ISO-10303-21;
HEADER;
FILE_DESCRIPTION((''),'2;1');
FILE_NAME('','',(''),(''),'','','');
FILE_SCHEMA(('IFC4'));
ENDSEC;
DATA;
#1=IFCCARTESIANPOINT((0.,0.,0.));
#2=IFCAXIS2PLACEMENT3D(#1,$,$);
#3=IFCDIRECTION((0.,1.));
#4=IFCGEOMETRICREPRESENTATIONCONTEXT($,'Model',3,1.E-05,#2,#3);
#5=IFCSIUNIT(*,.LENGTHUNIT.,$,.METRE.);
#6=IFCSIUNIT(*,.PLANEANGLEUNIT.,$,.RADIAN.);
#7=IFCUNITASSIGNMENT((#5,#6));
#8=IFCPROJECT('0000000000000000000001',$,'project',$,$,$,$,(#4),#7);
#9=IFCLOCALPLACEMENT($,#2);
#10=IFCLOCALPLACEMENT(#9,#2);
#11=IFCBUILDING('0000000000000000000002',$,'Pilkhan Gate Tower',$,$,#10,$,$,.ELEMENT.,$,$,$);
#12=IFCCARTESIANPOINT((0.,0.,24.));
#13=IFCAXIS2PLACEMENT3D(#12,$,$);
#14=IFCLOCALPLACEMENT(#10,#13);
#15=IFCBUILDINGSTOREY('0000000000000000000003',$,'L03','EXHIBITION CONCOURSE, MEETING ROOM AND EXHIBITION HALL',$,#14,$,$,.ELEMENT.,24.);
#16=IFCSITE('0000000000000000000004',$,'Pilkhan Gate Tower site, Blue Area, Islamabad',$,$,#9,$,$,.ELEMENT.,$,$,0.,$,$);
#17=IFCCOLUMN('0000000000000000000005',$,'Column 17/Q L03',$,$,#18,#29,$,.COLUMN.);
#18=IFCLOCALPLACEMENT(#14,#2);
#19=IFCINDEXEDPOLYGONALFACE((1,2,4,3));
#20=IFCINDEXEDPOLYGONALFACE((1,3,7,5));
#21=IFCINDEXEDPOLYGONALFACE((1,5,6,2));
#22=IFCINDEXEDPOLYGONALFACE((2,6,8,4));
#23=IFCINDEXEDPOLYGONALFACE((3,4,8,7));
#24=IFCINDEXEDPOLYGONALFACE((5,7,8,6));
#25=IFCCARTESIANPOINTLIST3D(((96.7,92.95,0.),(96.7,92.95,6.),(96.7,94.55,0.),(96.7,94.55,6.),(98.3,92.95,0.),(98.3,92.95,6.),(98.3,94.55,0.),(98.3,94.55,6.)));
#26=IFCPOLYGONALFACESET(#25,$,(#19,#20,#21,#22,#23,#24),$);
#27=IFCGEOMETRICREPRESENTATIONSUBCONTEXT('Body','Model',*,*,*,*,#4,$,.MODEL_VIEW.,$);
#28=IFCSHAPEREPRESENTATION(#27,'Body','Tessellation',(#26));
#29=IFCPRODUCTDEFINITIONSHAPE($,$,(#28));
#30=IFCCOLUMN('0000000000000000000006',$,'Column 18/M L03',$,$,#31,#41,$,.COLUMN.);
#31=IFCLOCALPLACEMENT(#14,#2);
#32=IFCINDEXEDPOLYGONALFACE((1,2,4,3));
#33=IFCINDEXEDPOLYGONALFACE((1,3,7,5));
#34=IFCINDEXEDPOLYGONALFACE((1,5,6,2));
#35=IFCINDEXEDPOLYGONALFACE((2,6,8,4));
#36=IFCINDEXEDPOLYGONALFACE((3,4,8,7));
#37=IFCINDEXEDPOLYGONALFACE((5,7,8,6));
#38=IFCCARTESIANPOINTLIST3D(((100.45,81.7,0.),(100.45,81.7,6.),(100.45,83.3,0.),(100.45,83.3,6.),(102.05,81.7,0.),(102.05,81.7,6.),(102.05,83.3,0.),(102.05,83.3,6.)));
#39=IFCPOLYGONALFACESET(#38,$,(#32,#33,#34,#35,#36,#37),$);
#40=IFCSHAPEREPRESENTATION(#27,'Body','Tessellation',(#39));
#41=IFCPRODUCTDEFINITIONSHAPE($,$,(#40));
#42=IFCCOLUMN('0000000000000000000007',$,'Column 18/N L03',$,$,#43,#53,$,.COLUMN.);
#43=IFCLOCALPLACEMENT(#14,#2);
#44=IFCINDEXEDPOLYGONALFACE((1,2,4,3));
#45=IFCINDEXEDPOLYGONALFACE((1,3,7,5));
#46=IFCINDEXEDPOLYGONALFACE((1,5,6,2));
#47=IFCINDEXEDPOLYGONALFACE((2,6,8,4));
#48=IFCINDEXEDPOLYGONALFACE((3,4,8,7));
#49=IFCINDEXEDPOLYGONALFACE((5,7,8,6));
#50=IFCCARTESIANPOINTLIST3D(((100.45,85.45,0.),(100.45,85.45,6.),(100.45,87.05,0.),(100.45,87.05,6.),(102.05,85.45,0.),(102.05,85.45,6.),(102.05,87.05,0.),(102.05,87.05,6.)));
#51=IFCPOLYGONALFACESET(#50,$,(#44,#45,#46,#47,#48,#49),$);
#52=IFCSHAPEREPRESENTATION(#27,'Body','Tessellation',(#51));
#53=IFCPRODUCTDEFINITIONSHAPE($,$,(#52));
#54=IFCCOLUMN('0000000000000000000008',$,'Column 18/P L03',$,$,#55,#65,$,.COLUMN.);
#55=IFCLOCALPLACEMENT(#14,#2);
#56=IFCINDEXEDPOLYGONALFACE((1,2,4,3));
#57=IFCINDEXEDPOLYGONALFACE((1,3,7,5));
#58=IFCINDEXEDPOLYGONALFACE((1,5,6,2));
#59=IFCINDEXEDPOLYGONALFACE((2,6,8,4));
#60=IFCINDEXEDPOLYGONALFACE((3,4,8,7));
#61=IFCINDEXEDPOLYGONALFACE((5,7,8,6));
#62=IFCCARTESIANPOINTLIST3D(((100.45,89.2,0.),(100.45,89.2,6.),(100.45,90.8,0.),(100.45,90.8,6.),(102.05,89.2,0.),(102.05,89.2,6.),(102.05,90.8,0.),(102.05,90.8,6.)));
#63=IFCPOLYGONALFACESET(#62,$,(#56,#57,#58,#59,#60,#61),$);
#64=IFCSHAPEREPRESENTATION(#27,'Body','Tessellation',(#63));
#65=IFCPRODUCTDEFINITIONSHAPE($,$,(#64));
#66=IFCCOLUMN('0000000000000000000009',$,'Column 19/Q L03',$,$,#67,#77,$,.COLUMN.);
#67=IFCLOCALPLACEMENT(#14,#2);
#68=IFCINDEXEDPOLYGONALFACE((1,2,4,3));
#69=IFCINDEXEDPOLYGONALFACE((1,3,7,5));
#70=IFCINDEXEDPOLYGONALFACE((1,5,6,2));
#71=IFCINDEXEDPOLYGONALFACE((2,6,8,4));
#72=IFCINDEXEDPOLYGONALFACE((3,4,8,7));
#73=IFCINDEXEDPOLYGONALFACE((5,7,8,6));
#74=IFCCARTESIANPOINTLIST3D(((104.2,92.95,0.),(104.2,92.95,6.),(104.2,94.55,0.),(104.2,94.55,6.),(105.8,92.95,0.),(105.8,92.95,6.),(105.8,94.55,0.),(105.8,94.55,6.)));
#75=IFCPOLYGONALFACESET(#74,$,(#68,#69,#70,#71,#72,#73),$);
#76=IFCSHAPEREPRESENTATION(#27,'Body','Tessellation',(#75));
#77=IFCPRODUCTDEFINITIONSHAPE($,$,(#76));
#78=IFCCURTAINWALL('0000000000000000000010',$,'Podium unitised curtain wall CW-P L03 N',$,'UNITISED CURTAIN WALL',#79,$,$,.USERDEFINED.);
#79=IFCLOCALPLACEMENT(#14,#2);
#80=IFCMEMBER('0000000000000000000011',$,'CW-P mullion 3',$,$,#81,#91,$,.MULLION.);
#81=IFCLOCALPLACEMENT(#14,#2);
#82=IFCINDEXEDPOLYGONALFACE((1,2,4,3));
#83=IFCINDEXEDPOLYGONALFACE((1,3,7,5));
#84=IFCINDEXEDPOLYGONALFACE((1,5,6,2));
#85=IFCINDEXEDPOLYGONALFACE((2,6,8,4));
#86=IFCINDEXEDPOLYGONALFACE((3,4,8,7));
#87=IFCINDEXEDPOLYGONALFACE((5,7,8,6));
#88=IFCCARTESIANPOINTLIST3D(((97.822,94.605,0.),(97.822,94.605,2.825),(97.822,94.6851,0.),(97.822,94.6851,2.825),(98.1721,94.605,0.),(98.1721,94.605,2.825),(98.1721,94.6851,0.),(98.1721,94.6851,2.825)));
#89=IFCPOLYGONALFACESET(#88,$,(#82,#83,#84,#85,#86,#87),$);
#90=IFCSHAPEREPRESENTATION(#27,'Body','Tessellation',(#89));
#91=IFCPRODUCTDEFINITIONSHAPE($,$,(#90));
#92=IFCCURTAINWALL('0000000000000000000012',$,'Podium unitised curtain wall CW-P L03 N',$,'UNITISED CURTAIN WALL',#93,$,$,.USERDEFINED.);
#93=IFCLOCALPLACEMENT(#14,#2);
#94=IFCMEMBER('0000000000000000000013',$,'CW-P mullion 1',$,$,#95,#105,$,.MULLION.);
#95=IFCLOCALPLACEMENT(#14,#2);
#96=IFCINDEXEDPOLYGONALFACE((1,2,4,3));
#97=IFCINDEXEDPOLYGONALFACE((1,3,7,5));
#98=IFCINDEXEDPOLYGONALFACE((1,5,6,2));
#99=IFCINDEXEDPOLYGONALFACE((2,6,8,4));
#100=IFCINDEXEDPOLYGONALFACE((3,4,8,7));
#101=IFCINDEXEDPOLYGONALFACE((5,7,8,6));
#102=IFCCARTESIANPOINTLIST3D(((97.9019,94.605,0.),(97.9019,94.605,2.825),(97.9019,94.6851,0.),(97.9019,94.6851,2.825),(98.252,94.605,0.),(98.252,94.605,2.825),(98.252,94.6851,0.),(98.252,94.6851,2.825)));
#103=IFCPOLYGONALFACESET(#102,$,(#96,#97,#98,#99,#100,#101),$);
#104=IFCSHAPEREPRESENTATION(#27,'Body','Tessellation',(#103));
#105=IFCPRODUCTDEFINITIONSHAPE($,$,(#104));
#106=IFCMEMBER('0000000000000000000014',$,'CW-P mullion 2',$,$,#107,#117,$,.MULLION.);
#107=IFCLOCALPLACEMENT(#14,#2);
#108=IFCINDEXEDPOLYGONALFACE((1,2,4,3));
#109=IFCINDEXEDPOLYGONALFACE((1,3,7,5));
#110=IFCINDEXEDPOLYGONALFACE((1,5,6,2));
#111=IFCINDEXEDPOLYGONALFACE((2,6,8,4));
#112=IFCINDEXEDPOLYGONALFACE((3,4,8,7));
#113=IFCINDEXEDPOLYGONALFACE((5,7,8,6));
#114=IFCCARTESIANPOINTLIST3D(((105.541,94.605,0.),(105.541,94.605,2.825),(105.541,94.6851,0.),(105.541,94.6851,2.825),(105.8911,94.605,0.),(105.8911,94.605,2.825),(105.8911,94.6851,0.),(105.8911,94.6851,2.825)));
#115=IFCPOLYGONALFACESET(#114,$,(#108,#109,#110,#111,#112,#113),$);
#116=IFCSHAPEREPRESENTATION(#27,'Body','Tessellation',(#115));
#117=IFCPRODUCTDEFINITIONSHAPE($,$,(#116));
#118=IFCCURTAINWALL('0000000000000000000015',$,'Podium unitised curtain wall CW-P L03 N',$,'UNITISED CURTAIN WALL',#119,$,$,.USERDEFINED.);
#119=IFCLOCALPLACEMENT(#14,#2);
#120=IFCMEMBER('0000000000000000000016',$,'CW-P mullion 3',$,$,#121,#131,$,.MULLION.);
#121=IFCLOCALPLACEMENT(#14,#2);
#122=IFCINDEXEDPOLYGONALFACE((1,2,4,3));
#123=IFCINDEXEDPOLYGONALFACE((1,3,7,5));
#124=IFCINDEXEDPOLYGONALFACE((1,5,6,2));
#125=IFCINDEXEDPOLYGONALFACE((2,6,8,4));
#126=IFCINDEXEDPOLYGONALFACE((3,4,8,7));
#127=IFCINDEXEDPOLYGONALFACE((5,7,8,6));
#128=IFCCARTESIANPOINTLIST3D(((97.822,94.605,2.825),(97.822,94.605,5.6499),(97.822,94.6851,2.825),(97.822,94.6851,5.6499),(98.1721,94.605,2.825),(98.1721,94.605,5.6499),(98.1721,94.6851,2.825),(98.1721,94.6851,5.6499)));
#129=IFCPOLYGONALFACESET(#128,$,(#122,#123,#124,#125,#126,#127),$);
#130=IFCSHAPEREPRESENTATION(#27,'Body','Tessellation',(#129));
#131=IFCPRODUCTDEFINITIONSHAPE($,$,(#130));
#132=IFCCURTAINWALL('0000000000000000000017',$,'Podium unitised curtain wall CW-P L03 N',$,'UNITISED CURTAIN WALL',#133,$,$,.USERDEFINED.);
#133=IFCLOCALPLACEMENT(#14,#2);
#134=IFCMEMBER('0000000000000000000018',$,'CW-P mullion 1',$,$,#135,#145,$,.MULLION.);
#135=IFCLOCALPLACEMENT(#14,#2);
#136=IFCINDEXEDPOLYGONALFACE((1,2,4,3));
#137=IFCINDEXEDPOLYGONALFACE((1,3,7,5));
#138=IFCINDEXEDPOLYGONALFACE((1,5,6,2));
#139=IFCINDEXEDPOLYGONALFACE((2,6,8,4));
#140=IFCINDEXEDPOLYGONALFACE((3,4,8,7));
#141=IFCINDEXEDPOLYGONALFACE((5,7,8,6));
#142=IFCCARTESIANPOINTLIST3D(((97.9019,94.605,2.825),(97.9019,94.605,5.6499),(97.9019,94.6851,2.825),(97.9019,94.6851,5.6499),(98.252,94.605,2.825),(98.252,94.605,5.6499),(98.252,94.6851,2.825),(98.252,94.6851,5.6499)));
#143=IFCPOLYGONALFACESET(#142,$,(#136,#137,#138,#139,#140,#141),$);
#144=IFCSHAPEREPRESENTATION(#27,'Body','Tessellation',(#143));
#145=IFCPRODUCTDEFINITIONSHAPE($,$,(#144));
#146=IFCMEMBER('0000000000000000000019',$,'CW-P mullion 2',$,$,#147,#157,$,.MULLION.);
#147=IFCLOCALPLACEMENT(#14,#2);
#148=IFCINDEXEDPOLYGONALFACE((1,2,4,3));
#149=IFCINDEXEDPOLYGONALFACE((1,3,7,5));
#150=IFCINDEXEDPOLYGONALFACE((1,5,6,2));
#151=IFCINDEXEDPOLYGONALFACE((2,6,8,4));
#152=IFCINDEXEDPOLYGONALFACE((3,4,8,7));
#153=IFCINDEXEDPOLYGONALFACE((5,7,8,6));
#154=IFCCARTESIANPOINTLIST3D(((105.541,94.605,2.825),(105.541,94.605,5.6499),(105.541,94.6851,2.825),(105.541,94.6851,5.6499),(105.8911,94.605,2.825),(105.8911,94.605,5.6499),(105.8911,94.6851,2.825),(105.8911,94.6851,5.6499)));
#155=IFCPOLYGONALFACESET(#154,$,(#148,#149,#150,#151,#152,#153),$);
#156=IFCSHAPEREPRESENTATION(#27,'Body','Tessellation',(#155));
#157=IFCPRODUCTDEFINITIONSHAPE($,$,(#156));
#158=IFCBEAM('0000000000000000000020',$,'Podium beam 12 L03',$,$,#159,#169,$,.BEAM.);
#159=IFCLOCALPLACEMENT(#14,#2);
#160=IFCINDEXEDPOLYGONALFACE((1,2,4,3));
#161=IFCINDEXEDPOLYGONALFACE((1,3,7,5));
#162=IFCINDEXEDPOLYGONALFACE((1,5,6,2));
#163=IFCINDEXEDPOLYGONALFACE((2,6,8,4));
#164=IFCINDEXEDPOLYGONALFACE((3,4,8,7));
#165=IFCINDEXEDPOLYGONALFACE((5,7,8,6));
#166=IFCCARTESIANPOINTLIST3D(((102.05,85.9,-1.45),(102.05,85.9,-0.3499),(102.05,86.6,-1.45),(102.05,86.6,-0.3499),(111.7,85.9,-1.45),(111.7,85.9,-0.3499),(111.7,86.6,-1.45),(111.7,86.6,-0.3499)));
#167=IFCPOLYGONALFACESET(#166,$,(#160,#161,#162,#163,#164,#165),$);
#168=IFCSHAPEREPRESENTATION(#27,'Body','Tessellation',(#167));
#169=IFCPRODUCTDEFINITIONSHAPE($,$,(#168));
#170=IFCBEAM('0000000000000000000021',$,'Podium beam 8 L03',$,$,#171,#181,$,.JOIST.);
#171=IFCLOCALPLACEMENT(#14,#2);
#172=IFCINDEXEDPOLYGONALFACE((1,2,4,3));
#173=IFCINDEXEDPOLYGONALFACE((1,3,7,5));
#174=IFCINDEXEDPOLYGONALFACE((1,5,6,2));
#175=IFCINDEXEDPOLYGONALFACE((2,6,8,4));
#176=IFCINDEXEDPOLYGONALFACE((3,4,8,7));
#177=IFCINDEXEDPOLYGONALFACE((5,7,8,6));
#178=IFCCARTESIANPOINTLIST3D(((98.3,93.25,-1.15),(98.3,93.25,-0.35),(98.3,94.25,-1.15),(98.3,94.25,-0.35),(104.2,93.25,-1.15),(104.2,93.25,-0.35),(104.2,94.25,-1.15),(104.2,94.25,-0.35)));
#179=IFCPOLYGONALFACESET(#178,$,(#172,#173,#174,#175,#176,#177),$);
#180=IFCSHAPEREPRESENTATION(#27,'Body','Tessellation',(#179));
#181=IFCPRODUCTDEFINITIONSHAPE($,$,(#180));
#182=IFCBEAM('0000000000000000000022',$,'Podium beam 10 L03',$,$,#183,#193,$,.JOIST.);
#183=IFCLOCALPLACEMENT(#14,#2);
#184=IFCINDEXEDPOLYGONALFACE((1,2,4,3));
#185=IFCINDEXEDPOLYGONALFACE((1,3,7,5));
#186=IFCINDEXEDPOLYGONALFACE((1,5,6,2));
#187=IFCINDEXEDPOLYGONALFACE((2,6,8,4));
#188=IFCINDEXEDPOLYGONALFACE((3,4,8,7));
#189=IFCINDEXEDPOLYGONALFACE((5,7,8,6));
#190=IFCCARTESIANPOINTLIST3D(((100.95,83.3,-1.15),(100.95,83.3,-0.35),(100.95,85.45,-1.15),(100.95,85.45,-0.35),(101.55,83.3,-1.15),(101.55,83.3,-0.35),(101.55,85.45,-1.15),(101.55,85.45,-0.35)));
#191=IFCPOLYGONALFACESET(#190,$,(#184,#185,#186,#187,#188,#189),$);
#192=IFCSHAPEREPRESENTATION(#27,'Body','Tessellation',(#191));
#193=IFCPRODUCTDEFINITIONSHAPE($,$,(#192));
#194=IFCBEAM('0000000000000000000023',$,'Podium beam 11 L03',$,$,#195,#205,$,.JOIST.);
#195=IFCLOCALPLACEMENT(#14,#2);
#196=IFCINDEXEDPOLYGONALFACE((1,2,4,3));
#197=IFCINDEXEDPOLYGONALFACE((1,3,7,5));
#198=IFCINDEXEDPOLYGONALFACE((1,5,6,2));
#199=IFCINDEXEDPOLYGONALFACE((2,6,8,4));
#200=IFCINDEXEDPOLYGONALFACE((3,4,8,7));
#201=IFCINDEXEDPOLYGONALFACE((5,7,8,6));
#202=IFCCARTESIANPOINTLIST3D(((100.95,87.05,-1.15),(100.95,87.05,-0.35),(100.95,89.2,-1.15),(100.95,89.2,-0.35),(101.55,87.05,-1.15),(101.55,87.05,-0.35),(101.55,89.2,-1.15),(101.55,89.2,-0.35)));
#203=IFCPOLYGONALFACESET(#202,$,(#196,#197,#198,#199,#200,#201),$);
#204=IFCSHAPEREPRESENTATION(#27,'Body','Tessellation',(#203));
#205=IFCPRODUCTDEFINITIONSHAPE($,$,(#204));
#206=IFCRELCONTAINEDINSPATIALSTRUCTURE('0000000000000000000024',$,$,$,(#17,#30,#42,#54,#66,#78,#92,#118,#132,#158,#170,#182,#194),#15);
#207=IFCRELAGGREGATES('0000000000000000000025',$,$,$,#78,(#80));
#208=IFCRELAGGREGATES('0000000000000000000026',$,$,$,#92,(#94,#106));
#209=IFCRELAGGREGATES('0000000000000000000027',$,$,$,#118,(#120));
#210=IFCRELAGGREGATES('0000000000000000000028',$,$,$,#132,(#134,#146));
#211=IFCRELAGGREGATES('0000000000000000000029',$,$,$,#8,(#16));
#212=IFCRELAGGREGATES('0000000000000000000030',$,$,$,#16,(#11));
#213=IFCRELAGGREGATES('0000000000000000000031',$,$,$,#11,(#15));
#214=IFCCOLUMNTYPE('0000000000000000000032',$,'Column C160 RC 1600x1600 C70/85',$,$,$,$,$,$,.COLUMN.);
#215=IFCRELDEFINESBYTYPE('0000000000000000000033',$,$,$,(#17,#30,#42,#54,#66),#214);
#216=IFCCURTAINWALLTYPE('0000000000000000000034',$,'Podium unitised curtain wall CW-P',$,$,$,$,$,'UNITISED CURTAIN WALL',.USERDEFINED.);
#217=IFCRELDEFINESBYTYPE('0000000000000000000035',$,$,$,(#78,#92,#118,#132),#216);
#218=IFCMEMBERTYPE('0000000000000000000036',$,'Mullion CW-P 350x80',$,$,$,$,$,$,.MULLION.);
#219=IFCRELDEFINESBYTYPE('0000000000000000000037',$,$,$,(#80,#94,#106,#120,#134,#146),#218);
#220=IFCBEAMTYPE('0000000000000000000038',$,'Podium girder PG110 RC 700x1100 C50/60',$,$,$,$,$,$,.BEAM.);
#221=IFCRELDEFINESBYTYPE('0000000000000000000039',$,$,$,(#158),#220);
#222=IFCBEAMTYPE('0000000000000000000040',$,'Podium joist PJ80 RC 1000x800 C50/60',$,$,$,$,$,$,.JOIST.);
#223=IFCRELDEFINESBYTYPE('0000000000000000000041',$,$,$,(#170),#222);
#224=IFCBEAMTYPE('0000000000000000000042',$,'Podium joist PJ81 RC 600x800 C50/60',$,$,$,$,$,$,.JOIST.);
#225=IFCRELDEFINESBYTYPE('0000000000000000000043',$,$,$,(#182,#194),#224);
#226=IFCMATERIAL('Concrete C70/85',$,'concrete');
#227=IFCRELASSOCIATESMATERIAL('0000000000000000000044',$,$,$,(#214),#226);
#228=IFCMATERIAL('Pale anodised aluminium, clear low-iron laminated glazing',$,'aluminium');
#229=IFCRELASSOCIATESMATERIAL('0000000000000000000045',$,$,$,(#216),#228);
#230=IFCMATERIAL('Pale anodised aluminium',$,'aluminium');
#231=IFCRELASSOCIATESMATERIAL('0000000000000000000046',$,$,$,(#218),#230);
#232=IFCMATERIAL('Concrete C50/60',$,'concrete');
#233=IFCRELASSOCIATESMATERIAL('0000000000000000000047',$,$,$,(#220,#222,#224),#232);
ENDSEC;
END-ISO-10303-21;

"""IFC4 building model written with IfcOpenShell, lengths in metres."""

from ifc_helpers import new_model, si_unit, direction, frame, origin, origin_2d, place, context, subcontext, project, spatial, rectangle, extrude, material, material_profile, profile_set, type_object, element, aggregate, save


model = new_model("IFC4")

# Units and contexts
model_context = context("Model", 3, precision=1e-05, world=origin(), true_north=direction((0.0, 1.0)))
body_context = subcontext(model_context, "Body", "Model", "MODEL_VIEW")
ifc_project = project(units=[si_unit("LENGTHUNIT", "METRE"), si_unit("PLANEANGLEUNIT", "RADIAN")], contexts=[model_context])

# Site, building, storey
site_placement = place(None, origin())
site = spatial("IfcSite", under=ifc_project, at=site_placement, Name="Pilkhan Gate Tower site, Blue Area, Islamabad", CompositionType="ELEMENT", RefElevation=0.0)
building_placement = place(site_placement, origin())
building = spatial("IfcBuilding", under=site, at=building_placement, Name="Pilkhan Gate Tower", CompositionType="ELEMENT")
storey_placement = place(building_placement, frame((0.0, 0.0, 24.0)))
storey = spatial("IfcBuildingStorey", under=building, at=storey_placement, Name="L03", Description="EXHIBITION CONCOURSE, MEETING ROOM AND EXHIBITION HALL", CompositionType="ELEMENT", Elevation=24.0)

# Columns
ifc_material_1 = material(Name="Concrete C70/85", Category="concrete")
ifc_material_profile_1 = material_profile(ifc_material_1, rectangle(XDim=1.6001, YDim=1.6001, at=origin_2d()), Name="RC 1600x1600")
ifc_profile_set_1 = profile_set([ifc_material_profile_1], Name="Concrete C70/85")
column_type = type_object("IfcColumnType", Name="Column C160 RC 1600x1600 C70/85", PredefinedType="COLUMN", material=ifc_profile_set_1)
for number, where, z_axis, x_axis, name in (
    (1, (97.5, 93.75, 0.0), (0.0, 0.0, 1.0), (1.0, 0.0, 0.0), "Column 17/Q L03"),
    (2, (101.25, 82.5, 0.0), (0.0, 0.0, 1.0), (1.0, 0.0, 0.0), "Column 18/M L03"),
    (3, (101.25, 86.25, 0.0), (0.0, 0.0, 1.0), (1.0, 0.0, 0.0), "Column 18/N L03"),
    (4, (101.25, 90.0, 0.0), (0.0, 0.0, 1.0), (1.0, 0.0, 0.0), "Column 18/P L03"),
    (5, (105.0, 93.75, 0.0), (0.0, 0.0, 1.0), (1.0, 0.0, 0.0), "Column 19/Q L03"),
):
    element("IfcColumn", number, at=place(storey_placement, frame(where, z_axis=z_axis, x_axis=x_axis)), inside=storey, type_object=column_type, Name=name, PredefinedType="COLUMN", context=body_context, shape_type="SweptSolid", body=[
        extrude(rectangle(XDim=1.6001, YDim=1.6001, at=origin_2d()), origin(), (0.0, 0.0, 1.0), 6.0),
    ])

# Curtain wall, member
ifc_material_2 = material(Name="Pale anodised aluminium, clear low-iron laminated glazing", Category="aluminium")
curtain_wall_type = type_object("IfcCurtainWallType", Name="Podium unitised curtain wall CW-P", ElementType="UNITISED CURTAIN WALL", PredefinedType="USERDEFINED", material=ifc_material_2)
curtain_wall_1_placement = place(storey_placement, origin())
curtain_wall_1 = element("IfcCurtainWall", 6, at=curtain_wall_1_placement, inside=storey, type_object=curtain_wall_type, Name="Podium unitised curtain wall CW-P L03 N", ObjectType="UNITISED CURTAIN WALL", PredefinedType="USERDEFINED")
ifc_material_3 = material(Name="Pale anodised aluminium", Category="aluminium")
ifc_material_profile_2 = material_profile(ifc_material_3, rectangle(XDim=0.0801, YDim=0.3501, at=origin_2d()), Name="Mullion 350x80")
ifc_profile_set_2 = profile_set([ifc_material_profile_2], Name="Pale anodised aluminium")
member_type_1 = type_object("IfcMemberType", Name="Mullion CW-P 350x80", PredefinedType="MULLION", material=ifc_profile_set_2)
member_1_placement = place(storey_placement, frame((97.9971, 94.645, 0.0), z_axis=(0.0, 0.0, 1.0), x_axis=(0.0, 1.0, 0.0)))
member_1 = element("IfcMember", 7, at=member_1_placement, type_object=member_type_1, Name="CW-P mullion 3", PredefinedType="MULLION", context=body_context, shape_type="SweptSolid", body=[
    extrude(rectangle(XDim=0.0801, YDim=0.3501, at=origin_2d()), origin(), (0.0, 0.0, 1.0), 2.825),
])

# Curtain wall, members
curtain_wall_2_placement = place(storey_placement, origin())
curtain_wall_2 = element("IfcCurtainWall", 8, at=curtain_wall_2_placement, inside=storey, type_object=curtain_wall_type, Name="Podium unitised curtain wall CW-P L03 N", ObjectType="UNITISED CURTAIN WALL", PredefinedType="USERDEFINED")
member_2_placement = place(storey_placement, frame((98.0769, 94.645, 0.0), z_axis=(0.0, 0.0, 1.0), x_axis=(0.0, 1.0, 0.0)))
member_2 = element("IfcMember", 9, at=member_2_placement, type_object=member_type_1, Name="CW-P mullion 1", PredefinedType="MULLION", context=body_context, shape_type="SweptSolid", body=[
    extrude(rectangle(XDim=0.0801, YDim=0.3501, at=origin_2d()), origin(), (0.0, 0.0, 1.0), 2.825),
])
member_3_placement = place(storey_placement, frame((105.7161, 94.645, 0.0), z_axis=(0.0, 0.0, 1.0), x_axis=(0.0, 1.0, 0.0)))
member_3 = element("IfcMember", 10, at=member_3_placement, type_object=member_type_1, Name="CW-P mullion 2", PredefinedType="MULLION", context=body_context, shape_type="SweptSolid", body=[
    extrude(rectangle(XDim=0.0801, YDim=0.3501, at=origin_2d()), origin(), (0.0, 0.0, 1.0), 2.825),
])

# Curtain wall, member
curtain_wall_3_placement = place(storey_placement, origin())
curtain_wall_3 = element("IfcCurtainWall", 11, at=curtain_wall_3_placement, inside=storey, type_object=curtain_wall_type, Name="Podium unitised curtain wall CW-P L03 N", ObjectType="UNITISED CURTAIN WALL", PredefinedType="USERDEFINED")
member_4_placement = place(storey_placement, frame((97.9971, 94.645, 2.825), z_axis=(0.0, 0.0, 1.0), x_axis=(0.0, 1.0, 0.0)))
member_4 = element("IfcMember", 12, at=member_4_placement, type_object=member_type_1, Name="CW-P mullion 3", PredefinedType="MULLION", context=body_context, shape_type="SweptSolid", body=[
    extrude(rectangle(XDim=0.0801, YDim=0.3501, at=origin_2d()), origin(), (0.0, 0.0, 1.0), 2.825),
])

# Curtain wall, members
curtain_wall_4_placement = place(storey_placement, origin())
curtain_wall_4 = element("IfcCurtainWall", 13, at=curtain_wall_4_placement, inside=storey, type_object=curtain_wall_type, Name="Podium unitised curtain wall CW-P L03 N", ObjectType="UNITISED CURTAIN WALL", PredefinedType="USERDEFINED")
member_5_placement = place(storey_placement, frame((98.0769, 94.645, 2.825), z_axis=(0.0, 0.0, 1.0), x_axis=(0.0, 1.0, 0.0)))
member_5 = element("IfcMember", 14, at=member_5_placement, type_object=member_type_1, Name="CW-P mullion 1", PredefinedType="MULLION", context=body_context, shape_type="SweptSolid", body=[
    extrude(rectangle(XDim=0.0801, YDim=0.3501, at=origin_2d()), origin(), (0.0, 0.0, 1.0), 2.825),
])
member_6_placement = place(storey_placement, frame((105.7161, 94.645, 2.825), z_axis=(0.0, 0.0, 1.0), x_axis=(0.0, 1.0, 0.0)))
member_6 = element("IfcMember", 15, at=member_6_placement, type_object=member_type_1, Name="CW-P mullion 2", PredefinedType="MULLION", context=body_context, shape_type="SweptSolid", body=[
    extrude(rectangle(XDim=0.0801, YDim=0.3501, at=origin_2d()), origin(), (0.0, 0.0, 1.0), 2.825),
])

# Beams
ifc_material_4 = material(Name="Concrete C50/60", Category="concrete")
ifc_material_profile_3 = material_profile(ifc_material_4, rectangle(XDim=0.7, YDim=1.1001, at=origin_2d()), Name="RC 700x1100")
ifc_profile_set_3 = profile_set([ifc_material_profile_3], Name="Concrete C50/60")
beam_type_1 = type_object("IfcBeamType", Name="Podium girder PG110 RC 700x1100 C50/60", PredefinedType="BEAM", material=ifc_profile_set_3)
beam_1_placement = place(storey_placement, frame((102.05, 86.25, -0.8999), z_axis=(1.0, 0.0, 0.0), x_axis=(0.0, 1.0, 0.0)))
element("IfcBeam", 16, at=beam_1_placement, inside=storey, type_object=beam_type_1, Name="Podium beam 12 L03", PredefinedType="BEAM", context=body_context, shape_type="SweptSolid", body=[
    extrude(rectangle(XDim=0.7, YDim=1.1001, at=origin_2d()), origin(), (0.0, 0.0, 1.0), 9.6499),
])
ifc_material_profile_4 = material_profile(ifc_material_4, rectangle(XDim=1.0, YDim=0.8, at=origin_2d()), Name="RC 1000x800")
ifc_profile_set_4 = profile_set([ifc_material_profile_4], Name="Concrete C50/60")
beam_type_2 = type_object("IfcBeamType", Name="Podium joist PJ80 RC 1000x800 C50/60", PredefinedType="JOIST", material=ifc_profile_set_4)
beam_2_placement = place(storey_placement, frame((98.3, 93.75, -0.75), z_axis=(1.0, 0.0, 0.0), x_axis=(0.0, 1.0, 0.0)))
element("IfcBeam", 17, at=beam_2_placement, inside=storey, type_object=beam_type_2, Name="Podium beam 8 L03", PredefinedType="JOIST", context=body_context, shape_type="SweptSolid", body=[
    extrude(rectangle(XDim=1.0, YDim=0.8, at=origin_2d()), origin(), (0.0, 0.0, 1.0), 5.8999),
])
ifc_material_profile_5 = material_profile(ifc_material_4, rectangle(XDim=0.6001, YDim=0.8, at=origin_2d()), Name="RC 600x800")
ifc_profile_set_5 = profile_set([ifc_material_profile_5], Name="Concrete C50/60")
beam_type_3 = type_object("IfcBeamType", Name="Podium joist PJ81 RC 600x800 C50/60", PredefinedType="JOIST", material=ifc_profile_set_5)
for number, where, z_axis, x_axis, name in (
    (18, (101.25, 83.3, -0.75), (0.0, 1.0, 0.0), (-1.0, 0.0, 0.0), "Podium beam 10 L03"),
    (19, (101.25, 87.05, -0.75), (0.0, 1.0, 0.0), (-1.0, 0.0, 0.0), "Podium beam 11 L03"),
):
    element("IfcBeam", number, at=place(storey_placement, frame(where, z_axis=z_axis, x_axis=x_axis)), inside=storey, type_object=beam_type_3, Name=name, PredefinedType="JOIST", context=body_context, shape_type="SweptSolid", body=[
        extrude(rectangle(XDim=0.6001, YDim=0.8, at=origin_2d()), origin(), (0.0, 0.0, 1.0), 2.1499),
    ])

aggregate(curtain_wall_1, [member_1])
aggregate(curtain_wall_2, [member_2, member_3])
aggregate(curtain_wall_3, [member_4])
aggregate(curtain_wall_4, [member_5, member_6])

save(model, "model.ifc")
